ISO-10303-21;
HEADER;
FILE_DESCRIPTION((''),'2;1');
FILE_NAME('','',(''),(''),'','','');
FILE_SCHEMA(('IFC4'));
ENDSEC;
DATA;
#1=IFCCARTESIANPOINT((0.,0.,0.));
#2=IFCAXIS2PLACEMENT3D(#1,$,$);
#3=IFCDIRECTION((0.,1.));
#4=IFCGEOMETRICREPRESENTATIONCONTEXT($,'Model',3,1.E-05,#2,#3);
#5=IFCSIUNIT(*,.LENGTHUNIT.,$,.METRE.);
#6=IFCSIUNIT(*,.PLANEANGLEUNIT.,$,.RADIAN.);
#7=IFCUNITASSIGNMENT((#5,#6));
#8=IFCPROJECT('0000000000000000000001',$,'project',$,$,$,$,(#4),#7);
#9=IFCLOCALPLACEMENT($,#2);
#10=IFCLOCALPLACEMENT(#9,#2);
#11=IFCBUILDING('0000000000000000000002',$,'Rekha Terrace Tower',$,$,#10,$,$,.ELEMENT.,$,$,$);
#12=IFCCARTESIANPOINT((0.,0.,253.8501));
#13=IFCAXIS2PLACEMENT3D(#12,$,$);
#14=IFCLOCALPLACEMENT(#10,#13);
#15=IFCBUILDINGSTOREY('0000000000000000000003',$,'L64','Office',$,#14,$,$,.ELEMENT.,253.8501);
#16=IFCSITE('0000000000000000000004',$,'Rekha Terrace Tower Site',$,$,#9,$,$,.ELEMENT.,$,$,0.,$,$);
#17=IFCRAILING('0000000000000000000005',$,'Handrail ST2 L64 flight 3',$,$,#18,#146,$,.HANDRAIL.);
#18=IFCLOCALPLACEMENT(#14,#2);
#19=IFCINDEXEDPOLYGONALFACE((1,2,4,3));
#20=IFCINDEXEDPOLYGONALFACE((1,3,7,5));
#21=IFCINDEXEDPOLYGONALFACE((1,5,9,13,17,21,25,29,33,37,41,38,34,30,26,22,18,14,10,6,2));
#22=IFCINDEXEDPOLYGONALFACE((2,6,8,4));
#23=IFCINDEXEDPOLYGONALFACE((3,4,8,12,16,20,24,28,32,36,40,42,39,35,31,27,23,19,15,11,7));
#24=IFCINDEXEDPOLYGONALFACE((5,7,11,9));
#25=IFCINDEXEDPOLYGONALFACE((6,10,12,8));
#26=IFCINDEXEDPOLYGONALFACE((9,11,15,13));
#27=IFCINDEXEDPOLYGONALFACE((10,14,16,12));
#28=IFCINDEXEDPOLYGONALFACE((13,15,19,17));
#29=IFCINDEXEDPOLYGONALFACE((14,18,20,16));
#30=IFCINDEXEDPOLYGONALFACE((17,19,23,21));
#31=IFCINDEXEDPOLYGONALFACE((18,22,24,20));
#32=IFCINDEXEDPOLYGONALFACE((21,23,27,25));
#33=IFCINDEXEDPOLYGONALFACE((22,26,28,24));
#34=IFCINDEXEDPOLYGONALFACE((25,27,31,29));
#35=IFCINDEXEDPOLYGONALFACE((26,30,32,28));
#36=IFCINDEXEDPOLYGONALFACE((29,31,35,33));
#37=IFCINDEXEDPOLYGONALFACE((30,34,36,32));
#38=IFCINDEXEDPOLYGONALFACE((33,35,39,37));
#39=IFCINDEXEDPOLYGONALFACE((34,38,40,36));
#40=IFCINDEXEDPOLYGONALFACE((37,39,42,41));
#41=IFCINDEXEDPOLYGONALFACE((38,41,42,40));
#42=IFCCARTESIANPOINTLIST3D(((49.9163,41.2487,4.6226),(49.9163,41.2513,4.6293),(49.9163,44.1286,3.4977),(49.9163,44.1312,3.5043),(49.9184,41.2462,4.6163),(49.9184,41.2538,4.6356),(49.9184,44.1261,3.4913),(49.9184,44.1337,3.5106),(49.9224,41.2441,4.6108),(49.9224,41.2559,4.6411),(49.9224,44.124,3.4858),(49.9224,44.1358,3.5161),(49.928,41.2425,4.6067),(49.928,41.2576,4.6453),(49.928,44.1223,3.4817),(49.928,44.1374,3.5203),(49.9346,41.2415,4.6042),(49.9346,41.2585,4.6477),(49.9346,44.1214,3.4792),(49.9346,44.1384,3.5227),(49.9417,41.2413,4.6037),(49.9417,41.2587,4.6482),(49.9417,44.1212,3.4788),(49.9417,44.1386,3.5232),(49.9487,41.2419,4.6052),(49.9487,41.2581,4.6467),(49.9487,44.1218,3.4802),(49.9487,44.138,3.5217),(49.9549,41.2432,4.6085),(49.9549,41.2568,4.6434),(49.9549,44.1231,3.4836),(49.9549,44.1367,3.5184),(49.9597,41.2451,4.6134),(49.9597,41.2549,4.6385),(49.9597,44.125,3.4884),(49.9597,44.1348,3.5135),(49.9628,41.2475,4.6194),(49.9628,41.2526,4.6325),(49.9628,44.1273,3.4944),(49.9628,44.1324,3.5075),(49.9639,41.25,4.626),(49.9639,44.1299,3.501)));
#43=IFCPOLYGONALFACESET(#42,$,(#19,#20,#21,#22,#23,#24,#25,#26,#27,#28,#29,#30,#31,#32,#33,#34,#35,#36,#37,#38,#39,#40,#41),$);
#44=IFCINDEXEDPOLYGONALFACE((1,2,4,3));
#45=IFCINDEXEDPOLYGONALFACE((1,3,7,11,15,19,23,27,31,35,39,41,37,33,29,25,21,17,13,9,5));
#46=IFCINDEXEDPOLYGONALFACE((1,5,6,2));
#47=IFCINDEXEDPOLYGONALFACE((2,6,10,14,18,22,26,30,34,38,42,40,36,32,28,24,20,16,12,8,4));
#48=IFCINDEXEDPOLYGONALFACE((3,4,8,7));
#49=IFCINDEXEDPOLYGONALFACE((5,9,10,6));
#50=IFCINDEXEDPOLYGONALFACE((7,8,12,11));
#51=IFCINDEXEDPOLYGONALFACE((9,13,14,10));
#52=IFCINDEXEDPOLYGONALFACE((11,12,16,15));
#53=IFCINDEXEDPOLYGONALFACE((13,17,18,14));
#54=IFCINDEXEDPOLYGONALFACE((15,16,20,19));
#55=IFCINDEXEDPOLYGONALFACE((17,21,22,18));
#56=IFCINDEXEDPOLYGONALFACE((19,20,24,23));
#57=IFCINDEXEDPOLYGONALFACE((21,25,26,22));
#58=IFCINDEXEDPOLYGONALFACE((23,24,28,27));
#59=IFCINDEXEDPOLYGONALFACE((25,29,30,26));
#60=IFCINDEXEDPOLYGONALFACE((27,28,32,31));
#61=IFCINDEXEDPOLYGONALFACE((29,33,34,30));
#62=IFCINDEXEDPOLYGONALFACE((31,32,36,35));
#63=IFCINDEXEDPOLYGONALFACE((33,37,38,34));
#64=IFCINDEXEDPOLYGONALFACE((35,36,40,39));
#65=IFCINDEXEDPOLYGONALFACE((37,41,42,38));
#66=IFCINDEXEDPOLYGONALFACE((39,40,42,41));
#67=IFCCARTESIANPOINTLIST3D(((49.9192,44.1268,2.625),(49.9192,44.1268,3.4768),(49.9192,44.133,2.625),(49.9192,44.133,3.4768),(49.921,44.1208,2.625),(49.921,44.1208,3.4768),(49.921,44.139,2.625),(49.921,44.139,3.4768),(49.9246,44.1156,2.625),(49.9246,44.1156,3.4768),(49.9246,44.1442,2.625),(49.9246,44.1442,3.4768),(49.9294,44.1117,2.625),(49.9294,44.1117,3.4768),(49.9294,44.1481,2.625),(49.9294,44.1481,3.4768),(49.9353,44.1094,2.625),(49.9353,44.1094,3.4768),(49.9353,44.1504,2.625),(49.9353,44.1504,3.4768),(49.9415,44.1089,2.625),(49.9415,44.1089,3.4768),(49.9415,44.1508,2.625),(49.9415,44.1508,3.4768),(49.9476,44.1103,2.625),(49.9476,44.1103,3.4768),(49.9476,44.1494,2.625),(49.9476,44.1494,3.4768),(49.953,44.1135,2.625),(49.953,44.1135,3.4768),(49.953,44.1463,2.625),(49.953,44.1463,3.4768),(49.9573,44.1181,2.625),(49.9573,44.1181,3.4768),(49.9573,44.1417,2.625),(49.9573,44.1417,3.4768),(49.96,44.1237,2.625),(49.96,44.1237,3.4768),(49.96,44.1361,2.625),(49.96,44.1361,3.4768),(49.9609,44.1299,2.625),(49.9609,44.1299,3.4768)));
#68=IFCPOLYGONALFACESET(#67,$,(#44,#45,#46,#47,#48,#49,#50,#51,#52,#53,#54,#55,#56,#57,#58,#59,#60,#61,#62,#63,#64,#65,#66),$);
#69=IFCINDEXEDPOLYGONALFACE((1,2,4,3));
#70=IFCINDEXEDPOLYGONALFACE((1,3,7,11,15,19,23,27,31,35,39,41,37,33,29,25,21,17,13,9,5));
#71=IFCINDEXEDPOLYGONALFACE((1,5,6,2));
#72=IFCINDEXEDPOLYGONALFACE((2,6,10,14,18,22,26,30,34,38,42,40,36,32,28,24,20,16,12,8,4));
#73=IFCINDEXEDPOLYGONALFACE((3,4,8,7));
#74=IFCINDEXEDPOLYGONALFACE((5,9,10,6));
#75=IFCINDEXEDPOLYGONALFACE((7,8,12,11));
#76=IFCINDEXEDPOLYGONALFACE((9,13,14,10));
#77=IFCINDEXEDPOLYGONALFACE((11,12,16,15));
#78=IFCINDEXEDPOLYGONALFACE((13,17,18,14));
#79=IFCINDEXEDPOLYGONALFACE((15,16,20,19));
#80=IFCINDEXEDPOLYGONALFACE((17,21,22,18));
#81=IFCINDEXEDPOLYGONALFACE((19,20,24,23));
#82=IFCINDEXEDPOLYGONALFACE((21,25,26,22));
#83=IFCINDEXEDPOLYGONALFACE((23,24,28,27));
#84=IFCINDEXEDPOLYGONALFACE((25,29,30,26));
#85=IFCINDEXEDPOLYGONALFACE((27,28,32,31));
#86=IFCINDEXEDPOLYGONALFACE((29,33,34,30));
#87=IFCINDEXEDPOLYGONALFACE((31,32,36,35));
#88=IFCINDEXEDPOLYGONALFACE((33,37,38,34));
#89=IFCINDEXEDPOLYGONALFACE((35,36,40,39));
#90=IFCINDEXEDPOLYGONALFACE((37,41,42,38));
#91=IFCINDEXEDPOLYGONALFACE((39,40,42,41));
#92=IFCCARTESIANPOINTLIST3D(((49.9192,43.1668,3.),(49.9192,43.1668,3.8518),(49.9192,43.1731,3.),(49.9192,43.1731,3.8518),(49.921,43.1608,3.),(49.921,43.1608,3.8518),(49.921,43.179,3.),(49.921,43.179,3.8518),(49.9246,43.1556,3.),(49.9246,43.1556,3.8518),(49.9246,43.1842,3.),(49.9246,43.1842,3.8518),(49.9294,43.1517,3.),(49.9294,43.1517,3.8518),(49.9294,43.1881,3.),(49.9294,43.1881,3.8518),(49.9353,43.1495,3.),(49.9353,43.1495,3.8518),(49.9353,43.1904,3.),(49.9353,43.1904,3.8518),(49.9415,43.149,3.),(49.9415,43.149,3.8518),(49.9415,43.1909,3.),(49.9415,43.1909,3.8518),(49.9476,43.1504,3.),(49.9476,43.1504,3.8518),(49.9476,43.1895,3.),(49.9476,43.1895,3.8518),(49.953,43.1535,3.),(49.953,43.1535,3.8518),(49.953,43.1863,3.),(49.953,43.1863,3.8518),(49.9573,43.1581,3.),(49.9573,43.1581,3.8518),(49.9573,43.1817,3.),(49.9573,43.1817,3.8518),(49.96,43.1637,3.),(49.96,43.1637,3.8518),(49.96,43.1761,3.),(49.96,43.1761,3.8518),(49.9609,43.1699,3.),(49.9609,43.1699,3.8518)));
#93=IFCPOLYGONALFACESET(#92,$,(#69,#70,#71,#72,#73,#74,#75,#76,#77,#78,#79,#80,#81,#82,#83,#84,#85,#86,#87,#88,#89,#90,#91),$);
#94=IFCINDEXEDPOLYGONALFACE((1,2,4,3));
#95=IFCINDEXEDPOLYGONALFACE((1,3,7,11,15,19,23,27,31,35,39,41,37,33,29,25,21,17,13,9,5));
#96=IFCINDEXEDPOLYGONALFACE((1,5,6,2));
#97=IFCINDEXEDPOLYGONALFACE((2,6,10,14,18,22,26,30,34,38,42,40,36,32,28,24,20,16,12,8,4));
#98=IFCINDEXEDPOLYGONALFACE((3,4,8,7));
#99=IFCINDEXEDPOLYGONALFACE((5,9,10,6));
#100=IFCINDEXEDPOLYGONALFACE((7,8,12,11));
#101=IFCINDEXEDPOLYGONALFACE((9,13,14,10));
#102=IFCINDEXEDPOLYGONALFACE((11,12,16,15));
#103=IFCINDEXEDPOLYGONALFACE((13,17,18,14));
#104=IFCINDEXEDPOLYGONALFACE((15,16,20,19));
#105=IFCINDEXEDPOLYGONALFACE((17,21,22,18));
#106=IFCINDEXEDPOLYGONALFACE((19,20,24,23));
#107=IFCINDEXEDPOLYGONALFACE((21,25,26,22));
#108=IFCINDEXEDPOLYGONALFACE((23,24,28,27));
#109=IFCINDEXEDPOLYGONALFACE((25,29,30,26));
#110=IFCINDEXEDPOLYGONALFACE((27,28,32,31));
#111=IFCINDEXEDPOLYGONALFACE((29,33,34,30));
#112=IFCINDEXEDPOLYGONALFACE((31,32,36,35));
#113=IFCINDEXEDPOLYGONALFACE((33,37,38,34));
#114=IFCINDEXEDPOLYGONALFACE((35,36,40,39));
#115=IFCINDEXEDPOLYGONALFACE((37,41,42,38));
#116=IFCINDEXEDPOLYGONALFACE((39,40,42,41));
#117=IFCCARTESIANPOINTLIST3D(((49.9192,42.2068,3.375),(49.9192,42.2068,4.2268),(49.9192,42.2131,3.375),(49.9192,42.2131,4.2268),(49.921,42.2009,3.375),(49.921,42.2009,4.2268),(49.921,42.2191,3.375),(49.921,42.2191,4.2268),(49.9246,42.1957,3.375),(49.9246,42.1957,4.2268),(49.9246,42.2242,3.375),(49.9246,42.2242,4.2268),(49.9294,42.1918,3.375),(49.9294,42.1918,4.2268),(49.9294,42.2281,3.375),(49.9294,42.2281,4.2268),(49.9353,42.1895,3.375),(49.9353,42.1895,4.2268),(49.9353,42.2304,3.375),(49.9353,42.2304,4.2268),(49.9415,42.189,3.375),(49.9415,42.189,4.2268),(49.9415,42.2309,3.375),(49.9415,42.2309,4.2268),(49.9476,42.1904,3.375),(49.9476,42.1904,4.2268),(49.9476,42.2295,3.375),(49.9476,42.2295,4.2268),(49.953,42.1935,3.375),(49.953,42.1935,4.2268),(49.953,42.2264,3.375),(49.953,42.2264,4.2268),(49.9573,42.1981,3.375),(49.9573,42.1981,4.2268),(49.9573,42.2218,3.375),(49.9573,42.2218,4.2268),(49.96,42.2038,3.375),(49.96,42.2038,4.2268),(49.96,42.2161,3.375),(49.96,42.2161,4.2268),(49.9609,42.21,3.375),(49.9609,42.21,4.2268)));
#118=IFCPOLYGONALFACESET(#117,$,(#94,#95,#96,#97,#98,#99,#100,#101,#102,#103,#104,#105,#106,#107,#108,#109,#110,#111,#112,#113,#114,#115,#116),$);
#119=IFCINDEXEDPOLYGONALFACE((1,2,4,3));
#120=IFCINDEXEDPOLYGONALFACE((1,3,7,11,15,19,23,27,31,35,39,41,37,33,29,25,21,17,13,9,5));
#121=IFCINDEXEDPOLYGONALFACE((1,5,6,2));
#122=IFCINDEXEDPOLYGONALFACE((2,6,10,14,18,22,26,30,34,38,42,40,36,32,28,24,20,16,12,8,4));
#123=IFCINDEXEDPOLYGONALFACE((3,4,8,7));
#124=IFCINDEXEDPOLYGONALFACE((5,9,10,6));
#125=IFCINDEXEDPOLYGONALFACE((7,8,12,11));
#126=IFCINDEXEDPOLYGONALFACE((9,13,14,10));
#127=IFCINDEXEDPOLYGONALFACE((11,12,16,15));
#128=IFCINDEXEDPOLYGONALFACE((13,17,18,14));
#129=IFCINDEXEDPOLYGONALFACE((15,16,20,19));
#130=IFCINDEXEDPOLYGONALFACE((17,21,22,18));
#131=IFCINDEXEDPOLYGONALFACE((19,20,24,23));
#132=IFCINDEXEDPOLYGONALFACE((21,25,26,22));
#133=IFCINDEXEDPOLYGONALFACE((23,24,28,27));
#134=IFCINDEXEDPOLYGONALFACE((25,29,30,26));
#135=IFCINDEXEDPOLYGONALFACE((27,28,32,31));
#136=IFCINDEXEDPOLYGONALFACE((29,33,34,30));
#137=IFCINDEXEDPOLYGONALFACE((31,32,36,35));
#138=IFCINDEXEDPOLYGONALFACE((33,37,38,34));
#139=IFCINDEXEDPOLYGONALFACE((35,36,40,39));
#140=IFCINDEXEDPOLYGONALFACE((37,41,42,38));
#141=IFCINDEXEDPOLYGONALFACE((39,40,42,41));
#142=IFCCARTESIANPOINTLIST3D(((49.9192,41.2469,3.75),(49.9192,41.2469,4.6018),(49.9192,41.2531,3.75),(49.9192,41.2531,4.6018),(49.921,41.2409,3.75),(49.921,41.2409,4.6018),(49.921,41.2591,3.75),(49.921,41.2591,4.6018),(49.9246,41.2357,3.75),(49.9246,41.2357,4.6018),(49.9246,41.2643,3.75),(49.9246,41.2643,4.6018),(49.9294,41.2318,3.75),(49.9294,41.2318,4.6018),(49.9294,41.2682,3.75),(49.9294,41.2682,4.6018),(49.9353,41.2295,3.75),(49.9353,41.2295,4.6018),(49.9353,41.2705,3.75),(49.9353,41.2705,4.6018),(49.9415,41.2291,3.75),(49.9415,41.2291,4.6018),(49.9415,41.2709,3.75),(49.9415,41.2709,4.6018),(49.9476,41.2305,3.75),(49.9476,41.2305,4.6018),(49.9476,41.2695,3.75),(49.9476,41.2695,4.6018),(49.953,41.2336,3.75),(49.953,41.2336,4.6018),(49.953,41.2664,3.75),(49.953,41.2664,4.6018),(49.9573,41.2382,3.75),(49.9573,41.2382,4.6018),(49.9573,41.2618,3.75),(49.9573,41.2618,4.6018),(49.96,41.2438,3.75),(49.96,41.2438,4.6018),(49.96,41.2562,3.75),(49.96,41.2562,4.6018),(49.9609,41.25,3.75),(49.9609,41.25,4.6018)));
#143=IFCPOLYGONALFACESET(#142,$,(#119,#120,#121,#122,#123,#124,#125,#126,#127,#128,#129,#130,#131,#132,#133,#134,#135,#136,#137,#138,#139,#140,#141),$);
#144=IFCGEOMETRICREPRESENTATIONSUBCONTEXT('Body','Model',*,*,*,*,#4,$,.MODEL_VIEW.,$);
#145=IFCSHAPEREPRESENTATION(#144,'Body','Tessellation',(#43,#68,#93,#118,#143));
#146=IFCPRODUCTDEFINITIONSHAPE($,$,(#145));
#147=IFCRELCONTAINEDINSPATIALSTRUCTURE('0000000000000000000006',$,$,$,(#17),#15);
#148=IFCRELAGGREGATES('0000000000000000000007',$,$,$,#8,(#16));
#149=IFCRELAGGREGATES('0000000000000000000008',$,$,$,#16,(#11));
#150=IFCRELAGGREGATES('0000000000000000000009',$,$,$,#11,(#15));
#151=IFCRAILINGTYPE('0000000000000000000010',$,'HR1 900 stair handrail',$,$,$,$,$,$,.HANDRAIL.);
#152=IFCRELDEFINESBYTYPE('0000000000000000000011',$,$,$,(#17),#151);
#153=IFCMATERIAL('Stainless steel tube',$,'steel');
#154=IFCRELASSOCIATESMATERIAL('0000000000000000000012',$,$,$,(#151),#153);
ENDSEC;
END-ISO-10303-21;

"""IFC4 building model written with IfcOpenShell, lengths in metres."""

from ifc_helpers import new_model, si_unit, direction, frame, origin, origin_2d, place, context, subcontext, project, spatial, circle, extrude, material, type_object, element, save


model = new_model("IFC4")

# Units and contexts
model_context = context("Model", 3, precision=1e-05, world=origin(), true_north=direction((0.0, 1.0)))
body_context = subcontext(model_context, "Body", "Model", "MODEL_VIEW")
ifc_project = project(units=[si_unit("LENGTHUNIT", "METRE"), si_unit("PLANEANGLEUNIT", "RADIAN")], contexts=[model_context])

# Site, building, storey
site_placement = place(None, origin())
site = spatial("IfcSite", under=ifc_project, at=site_placement, Name="Rekha Terrace Tower Site", CompositionType="ELEMENT", RefElevation=0.0)
building_placement = place(site_placement, origin())
building = spatial("IfcBuilding", under=site, at=building_placement, Name="Rekha Terrace Tower", CompositionType="ELEMENT")
storey_placement = place(building_placement, frame((0.0, 0.0, 253.8501)))
storey = spatial("IfcBuildingStorey", under=building, at=storey_placement, Name="L64", Description="Office", CompositionType="ELEMENT", Elevation=253.8501)

# Railing
ifc_material_1 = material(Name="Stainless steel tube", Category="steel")
railing_type_1 = type_object("IfcRailingType", Name="HR1 900 stair handrail", PredefinedType="HANDRAIL", material=ifc_material_1)
railing_1_placement = place(storey_placement, frame((49.9399, 44.1299, 2.625)))
element("IfcRailing", 1, at=railing_1_placement, inside=storey, type_object=railing_type_1, Name="Handrail ST2 L64 flight 3", PredefinedType="HANDRAIL", context=body_context, shape_type="SweptSolid", body=[
    extrude(circle(Radius=0.0239, at=origin_2d()), frame((0.0, 0.0, 0.876), z_axis=(0.0, -0.931452, 0.363863), x_axis=(1.0, 0.0, 0.0)), (0.0, 0.0, 1.0), 3.0918),
    extrude(circle(Radius=0.021, at=origin_2d()), origin(), (0.0, 0.0, 1.0), 0.8518),
    extrude(circle(Radius=0.021, at=origin_2d()), frame((0.0, -0.96, 0.375)), (0.0, 0.0, 1.0), 0.8518),
    extrude(circle(Radius=0.021, at=origin_2d()), frame((0.0, -1.9199, 0.75)), (0.0, 0.0, 1.0), 0.8518),
    extrude(circle(Radius=0.021, at=origin_2d()), frame((0.0, -2.8799, 1.125)), (0.0, 0.0, 1.0), 0.8518),
])

save(model, "model.ifc")
